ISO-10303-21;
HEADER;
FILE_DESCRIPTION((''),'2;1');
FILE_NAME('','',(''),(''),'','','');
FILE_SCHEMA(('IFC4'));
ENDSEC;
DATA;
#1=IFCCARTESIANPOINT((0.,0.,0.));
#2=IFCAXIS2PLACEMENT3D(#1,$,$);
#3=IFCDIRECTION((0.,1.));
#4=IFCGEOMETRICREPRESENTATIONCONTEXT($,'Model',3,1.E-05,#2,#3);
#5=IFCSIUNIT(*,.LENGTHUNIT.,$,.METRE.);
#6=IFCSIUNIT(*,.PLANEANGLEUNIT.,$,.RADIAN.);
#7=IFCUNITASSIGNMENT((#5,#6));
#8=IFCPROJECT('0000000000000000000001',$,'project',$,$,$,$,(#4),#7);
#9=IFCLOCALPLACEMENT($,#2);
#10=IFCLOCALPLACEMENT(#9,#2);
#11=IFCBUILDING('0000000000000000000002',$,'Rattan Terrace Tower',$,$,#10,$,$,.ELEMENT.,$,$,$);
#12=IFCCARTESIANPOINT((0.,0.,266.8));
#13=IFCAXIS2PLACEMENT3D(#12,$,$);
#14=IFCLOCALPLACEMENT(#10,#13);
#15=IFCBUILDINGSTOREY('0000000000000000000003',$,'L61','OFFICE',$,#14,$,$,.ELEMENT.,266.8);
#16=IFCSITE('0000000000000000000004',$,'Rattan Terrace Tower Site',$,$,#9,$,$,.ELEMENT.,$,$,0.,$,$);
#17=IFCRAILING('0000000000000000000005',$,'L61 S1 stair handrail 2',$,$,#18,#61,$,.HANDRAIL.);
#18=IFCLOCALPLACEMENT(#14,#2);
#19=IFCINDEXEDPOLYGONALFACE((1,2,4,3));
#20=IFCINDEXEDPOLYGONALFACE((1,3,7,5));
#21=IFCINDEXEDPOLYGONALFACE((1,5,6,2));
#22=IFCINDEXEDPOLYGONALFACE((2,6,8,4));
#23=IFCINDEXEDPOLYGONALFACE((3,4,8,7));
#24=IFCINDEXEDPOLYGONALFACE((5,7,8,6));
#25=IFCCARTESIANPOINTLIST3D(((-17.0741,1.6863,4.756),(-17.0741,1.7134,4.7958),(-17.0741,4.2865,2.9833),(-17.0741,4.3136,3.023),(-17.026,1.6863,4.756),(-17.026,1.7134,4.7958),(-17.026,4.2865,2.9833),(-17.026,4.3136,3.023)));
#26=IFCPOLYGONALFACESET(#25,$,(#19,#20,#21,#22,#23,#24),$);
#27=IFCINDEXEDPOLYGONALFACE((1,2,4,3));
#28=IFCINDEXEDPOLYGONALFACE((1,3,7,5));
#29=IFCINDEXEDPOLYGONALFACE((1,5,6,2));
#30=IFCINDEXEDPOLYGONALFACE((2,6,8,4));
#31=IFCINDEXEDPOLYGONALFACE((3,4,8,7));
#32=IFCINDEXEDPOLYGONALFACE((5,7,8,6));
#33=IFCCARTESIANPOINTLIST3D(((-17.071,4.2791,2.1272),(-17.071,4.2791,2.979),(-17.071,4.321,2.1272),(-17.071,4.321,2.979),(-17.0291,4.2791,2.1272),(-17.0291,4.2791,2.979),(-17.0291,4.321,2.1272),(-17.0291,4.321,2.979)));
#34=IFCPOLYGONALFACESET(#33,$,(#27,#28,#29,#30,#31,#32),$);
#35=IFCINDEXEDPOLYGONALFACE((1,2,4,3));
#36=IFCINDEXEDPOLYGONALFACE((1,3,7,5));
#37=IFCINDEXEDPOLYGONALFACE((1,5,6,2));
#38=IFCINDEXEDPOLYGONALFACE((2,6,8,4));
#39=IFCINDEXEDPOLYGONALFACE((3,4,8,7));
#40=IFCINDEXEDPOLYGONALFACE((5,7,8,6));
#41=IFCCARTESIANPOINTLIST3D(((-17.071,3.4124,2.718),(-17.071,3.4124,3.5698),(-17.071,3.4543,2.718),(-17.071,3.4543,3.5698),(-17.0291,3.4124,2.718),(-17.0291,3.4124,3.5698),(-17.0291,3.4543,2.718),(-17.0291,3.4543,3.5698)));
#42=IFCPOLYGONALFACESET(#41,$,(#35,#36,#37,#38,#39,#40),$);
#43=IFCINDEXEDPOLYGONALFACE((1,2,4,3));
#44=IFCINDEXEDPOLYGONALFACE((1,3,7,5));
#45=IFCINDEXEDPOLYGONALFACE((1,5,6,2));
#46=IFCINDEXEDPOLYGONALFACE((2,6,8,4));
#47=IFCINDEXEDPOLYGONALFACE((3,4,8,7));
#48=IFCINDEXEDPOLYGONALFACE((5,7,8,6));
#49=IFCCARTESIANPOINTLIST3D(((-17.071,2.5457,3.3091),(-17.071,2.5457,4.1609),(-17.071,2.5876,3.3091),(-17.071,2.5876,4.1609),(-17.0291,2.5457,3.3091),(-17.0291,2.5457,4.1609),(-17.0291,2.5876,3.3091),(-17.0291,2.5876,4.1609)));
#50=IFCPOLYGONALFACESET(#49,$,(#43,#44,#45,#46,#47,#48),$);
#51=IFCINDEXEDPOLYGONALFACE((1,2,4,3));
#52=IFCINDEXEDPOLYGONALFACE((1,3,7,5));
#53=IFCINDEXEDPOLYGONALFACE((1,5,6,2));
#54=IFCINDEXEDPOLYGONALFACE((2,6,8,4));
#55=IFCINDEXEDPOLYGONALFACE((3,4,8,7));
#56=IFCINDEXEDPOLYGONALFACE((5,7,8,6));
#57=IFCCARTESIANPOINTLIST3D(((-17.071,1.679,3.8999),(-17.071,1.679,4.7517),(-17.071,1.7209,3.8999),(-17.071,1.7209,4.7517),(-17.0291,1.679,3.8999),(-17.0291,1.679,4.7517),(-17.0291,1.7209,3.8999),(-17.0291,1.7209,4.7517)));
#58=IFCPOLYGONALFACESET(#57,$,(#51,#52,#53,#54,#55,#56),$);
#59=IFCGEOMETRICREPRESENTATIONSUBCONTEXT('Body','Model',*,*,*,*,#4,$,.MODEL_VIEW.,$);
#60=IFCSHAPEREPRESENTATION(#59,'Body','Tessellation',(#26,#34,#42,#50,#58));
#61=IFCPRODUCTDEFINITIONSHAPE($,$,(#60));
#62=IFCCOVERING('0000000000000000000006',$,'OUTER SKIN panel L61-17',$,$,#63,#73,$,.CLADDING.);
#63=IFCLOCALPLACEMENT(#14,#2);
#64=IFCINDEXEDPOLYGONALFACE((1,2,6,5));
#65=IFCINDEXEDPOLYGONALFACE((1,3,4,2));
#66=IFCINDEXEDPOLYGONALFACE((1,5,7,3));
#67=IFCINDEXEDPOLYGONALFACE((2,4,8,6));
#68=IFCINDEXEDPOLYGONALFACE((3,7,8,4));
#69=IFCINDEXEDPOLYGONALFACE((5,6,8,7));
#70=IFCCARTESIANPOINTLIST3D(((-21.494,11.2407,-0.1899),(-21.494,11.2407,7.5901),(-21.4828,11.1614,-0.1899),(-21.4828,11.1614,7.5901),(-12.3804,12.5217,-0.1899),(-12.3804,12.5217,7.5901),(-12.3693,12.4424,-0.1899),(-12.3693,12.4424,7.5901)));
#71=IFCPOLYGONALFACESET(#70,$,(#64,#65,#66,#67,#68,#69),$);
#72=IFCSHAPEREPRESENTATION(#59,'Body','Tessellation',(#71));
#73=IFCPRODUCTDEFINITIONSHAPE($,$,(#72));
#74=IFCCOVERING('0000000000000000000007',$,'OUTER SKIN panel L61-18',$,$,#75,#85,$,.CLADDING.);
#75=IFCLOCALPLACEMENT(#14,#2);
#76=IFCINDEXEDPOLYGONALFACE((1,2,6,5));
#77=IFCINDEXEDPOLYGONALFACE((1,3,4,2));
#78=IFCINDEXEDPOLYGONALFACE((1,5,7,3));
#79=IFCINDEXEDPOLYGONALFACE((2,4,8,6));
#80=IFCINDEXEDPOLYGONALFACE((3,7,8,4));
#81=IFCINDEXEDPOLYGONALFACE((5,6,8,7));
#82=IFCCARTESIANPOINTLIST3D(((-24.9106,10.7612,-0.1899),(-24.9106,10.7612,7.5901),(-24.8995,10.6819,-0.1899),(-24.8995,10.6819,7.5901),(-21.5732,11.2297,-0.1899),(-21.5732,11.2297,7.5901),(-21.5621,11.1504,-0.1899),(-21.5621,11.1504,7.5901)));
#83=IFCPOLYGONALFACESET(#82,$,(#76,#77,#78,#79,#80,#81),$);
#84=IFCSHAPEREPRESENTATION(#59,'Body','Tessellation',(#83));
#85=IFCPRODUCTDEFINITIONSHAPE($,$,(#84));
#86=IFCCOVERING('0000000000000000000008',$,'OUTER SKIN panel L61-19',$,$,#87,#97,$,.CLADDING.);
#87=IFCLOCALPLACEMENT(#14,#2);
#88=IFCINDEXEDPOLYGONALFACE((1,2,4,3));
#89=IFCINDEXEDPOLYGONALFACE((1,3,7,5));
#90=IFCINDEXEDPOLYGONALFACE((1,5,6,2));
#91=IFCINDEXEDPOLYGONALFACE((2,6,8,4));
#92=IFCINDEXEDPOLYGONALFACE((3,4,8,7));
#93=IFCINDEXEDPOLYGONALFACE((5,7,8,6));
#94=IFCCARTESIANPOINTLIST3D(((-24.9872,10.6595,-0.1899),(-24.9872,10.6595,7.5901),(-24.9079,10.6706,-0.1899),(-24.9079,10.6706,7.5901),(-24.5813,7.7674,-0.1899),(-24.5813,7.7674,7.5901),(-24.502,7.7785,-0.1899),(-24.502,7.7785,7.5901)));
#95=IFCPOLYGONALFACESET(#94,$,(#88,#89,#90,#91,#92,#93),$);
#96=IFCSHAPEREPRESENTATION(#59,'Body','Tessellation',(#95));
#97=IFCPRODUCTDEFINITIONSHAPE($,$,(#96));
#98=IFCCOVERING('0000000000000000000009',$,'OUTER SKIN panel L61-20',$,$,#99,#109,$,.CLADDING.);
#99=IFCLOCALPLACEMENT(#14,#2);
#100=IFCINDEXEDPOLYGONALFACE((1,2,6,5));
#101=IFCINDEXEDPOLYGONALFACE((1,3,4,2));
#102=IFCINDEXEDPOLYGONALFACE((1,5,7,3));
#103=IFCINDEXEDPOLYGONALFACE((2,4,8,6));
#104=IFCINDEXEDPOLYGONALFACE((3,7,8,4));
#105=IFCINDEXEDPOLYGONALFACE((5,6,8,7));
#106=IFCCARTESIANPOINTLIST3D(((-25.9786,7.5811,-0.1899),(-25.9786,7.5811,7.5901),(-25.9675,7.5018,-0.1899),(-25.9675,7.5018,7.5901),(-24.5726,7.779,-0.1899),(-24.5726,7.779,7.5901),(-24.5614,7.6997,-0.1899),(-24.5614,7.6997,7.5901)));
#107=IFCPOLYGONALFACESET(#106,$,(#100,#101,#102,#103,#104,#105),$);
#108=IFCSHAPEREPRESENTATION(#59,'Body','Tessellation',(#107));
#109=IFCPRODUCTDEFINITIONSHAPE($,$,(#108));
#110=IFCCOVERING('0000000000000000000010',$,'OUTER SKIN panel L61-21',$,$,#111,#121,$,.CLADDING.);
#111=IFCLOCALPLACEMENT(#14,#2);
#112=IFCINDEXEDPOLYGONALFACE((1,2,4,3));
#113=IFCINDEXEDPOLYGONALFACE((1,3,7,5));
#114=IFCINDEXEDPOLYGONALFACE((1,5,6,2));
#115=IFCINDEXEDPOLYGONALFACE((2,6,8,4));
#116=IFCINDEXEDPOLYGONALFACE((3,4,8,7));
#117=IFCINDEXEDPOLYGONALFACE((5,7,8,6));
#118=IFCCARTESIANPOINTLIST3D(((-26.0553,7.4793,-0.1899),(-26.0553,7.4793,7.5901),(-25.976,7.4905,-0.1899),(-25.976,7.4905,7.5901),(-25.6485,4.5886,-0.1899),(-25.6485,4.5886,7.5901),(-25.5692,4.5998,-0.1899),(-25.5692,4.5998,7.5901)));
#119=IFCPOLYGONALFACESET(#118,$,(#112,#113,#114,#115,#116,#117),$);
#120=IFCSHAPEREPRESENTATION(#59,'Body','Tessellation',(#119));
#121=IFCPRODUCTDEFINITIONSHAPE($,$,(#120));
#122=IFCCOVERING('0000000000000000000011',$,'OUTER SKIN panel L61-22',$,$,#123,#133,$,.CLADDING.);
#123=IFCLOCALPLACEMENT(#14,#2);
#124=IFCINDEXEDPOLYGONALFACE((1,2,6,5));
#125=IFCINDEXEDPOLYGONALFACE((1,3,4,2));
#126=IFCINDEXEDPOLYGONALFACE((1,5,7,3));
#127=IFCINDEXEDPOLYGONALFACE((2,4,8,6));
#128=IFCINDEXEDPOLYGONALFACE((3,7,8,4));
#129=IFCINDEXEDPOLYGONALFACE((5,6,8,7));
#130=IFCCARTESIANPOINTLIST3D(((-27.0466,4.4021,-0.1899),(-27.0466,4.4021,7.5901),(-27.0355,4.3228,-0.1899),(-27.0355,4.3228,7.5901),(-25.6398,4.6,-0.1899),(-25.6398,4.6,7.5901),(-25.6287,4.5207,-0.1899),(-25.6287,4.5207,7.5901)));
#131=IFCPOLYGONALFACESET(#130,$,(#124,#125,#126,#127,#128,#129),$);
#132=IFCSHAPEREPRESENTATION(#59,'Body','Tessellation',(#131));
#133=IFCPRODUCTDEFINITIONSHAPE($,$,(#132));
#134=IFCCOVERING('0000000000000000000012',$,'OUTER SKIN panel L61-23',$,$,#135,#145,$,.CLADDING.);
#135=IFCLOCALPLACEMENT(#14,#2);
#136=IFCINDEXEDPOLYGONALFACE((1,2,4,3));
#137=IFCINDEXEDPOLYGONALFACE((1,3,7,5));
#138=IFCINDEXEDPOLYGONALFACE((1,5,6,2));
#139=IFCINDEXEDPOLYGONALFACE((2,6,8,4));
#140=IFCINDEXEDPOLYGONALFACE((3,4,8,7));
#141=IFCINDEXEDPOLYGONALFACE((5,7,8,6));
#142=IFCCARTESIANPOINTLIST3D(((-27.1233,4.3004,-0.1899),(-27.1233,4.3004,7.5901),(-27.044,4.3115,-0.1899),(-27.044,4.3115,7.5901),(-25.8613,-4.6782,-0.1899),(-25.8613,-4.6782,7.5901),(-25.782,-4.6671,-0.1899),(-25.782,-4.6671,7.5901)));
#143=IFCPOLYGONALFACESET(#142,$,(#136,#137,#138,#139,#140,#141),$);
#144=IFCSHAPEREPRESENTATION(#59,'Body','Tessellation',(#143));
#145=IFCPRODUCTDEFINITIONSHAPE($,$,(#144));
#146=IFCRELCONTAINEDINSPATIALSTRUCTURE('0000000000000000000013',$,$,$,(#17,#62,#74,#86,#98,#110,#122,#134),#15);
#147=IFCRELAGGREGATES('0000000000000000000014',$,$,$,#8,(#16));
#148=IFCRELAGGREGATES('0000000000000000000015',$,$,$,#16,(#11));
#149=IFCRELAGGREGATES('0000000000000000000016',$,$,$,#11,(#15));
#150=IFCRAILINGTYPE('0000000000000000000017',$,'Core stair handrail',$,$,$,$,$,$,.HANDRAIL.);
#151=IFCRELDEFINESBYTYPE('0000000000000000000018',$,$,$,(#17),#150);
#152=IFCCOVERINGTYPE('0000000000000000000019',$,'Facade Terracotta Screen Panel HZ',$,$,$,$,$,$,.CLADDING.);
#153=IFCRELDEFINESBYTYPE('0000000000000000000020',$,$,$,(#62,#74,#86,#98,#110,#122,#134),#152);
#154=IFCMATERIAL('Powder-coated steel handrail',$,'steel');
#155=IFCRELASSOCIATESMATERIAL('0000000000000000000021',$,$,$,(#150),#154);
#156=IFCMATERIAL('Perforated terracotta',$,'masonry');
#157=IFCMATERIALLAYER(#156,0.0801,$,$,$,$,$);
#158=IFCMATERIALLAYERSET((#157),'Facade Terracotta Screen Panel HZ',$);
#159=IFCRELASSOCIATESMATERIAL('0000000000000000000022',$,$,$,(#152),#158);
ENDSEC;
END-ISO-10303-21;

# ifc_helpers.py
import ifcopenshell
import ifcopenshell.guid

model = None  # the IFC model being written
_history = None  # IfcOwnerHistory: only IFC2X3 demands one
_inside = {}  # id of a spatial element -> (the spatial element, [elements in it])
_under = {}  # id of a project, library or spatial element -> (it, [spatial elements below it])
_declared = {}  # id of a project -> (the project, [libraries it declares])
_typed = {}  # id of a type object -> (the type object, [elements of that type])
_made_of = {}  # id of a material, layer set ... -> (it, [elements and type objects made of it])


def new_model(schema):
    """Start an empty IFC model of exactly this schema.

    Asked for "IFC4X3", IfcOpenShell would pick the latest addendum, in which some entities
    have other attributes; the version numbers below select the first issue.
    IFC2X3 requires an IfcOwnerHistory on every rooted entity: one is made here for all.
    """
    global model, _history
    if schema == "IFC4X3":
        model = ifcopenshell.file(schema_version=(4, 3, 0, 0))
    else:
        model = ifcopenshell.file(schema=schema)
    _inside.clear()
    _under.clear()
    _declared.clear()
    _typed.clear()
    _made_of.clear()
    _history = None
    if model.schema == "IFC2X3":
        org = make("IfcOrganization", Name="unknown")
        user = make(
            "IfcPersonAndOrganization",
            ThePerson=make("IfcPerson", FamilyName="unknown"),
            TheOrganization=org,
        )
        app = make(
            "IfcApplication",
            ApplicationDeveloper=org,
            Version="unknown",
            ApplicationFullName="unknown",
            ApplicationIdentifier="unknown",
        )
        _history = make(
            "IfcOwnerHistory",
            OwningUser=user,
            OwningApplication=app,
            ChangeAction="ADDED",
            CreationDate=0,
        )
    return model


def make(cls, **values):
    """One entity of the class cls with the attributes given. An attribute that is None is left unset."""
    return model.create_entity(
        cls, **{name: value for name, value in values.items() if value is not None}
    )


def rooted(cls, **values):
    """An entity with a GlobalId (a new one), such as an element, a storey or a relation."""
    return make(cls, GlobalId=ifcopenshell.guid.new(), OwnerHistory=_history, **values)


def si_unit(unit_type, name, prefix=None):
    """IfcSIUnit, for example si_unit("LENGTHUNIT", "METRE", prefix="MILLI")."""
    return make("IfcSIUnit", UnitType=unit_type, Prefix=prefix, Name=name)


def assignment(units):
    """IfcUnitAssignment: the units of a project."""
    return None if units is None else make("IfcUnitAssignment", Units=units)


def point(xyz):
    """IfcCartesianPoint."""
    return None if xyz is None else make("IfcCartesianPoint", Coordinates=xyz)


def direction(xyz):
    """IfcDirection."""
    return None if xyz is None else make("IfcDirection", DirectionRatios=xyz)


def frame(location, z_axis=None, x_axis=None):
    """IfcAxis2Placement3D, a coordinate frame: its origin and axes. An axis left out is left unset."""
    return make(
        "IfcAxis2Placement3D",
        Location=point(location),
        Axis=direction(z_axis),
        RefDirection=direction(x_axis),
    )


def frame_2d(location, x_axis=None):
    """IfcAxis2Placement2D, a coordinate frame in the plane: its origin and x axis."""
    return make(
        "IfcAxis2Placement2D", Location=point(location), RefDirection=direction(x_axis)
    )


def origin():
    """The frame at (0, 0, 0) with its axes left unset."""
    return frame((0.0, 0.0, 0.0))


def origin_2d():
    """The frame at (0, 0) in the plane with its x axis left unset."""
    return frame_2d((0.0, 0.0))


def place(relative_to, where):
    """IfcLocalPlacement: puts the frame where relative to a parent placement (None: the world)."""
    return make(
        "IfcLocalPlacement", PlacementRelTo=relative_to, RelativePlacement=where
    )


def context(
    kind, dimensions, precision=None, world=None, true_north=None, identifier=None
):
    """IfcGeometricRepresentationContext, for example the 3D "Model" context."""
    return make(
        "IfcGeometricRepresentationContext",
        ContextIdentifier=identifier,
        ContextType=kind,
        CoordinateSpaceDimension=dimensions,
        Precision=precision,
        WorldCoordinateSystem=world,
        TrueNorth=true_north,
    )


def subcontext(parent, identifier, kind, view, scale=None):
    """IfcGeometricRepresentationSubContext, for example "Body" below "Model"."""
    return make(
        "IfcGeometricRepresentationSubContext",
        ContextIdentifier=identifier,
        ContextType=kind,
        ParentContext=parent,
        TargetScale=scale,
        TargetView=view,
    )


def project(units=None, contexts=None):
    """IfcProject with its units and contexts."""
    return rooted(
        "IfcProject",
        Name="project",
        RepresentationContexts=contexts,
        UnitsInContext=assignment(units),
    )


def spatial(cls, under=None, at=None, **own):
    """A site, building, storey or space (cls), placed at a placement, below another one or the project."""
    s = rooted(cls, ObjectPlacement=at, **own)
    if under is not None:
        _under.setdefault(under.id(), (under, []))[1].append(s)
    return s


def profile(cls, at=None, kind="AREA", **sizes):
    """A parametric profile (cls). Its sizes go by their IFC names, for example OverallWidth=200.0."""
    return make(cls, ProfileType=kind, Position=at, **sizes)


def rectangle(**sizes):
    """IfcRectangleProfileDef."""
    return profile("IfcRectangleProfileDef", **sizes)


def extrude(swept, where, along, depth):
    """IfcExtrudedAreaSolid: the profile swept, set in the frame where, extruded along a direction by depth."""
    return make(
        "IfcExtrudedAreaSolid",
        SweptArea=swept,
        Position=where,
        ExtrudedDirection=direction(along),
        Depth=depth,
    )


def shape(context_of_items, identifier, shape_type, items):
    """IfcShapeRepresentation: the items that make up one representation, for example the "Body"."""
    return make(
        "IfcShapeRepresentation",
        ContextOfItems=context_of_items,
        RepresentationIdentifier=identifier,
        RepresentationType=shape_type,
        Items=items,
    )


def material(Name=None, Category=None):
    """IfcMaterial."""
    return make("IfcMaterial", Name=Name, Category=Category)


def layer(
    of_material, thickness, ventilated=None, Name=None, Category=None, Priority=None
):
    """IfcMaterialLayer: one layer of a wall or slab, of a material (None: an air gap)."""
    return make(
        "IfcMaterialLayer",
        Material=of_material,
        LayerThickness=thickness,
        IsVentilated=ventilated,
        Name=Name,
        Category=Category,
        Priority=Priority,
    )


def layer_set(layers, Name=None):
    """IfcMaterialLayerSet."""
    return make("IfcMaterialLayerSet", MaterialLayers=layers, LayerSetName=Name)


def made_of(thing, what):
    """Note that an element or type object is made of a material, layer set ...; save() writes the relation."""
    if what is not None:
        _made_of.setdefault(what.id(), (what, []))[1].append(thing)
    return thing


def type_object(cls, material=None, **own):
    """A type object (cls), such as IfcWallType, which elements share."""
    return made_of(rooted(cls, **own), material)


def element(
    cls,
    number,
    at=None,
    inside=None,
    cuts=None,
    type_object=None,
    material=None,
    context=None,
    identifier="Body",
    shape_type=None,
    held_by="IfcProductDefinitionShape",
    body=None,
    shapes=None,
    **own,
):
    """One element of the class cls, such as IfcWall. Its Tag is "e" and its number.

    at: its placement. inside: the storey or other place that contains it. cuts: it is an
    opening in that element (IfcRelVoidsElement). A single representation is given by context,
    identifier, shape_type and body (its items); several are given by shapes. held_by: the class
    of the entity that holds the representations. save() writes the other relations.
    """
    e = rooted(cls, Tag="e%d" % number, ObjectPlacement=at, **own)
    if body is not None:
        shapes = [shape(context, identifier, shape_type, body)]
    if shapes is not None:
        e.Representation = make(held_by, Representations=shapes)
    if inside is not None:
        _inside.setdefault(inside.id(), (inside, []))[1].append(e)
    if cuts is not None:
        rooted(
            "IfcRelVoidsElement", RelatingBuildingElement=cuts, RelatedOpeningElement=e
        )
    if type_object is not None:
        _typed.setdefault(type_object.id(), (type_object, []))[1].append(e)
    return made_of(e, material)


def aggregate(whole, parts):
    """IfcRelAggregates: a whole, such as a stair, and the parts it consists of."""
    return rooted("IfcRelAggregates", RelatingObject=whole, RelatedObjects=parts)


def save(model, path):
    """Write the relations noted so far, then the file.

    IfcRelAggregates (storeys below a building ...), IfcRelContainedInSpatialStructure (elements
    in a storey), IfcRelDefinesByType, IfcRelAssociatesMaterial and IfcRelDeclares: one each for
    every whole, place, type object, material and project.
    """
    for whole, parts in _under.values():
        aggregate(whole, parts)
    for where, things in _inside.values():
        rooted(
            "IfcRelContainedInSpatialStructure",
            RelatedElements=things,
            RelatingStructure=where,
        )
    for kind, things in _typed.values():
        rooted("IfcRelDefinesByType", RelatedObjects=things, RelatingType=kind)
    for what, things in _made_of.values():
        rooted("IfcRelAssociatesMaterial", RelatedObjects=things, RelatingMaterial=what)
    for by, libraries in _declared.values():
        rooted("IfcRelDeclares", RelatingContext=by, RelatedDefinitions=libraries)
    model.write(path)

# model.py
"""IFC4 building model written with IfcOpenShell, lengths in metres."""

from ifc_helpers import new_model, si_unit, direction, frame, origin, origin_2d, place, context, subcontext, project, spatial, rectangle, extrude, material, layer, layer_set, type_object, element, save


model = new_model("IFC4")

# Units and contexts
model_context = context("Model", 3, precision=1e-05, world=origin(), true_north=direction((0.0, 1.0)))
body_context = subcontext(model_context, "Body", "Model", "MODEL_VIEW")
ifc_project = project(units=[si_unit("LENGTHUNIT", "METRE"), si_unit("PLANEANGLEUNIT", "RADIAN")], contexts=[model_context])

# Site, building, storey
site_placement = place(None, origin())
site = spatial("IfcSite", under=ifc_project, at=site_placement, Name="Rattan Terrace Tower Site", CompositionType="ELEMENT", RefElevation=0.0)
building_placement = place(site_placement, origin())
building = spatial("IfcBuilding", under=site, at=building_placement, Name="Rattan Terrace Tower", CompositionType="ELEMENT")
storey_placement = place(building_placement, frame((0.0, 0.0, 266.8)))
storey = spatial("IfcBuildingStorey", under=building, at=storey_placement, Name="L61", Description="OFFICE", CompositionType="ELEMENT", Elevation=266.8)

# Railing
ifc_material_1 = material(Name="Powder-coated steel handrail", Category="steel")
railing_type_1 = type_object("IfcRailingType", Name="Core stair handrail", PredefinedType="HANDRAIL", material=ifc_material_1)
railing_1_placement = place(storey_placement, frame((-17.05, 4.3, 2.1272)))
element("IfcRailing", 1, at=railing_1_placement, inside=storey, type_object=railing_type_1, Name="L61 S1 stair handrail 2", PredefinedType="HANDRAIL", context=body_context, shape_type="SweptSolid", body=[
    extrude(rectangle(XDim=0.0481, YDim=0.0481, at=origin_2d()), frame((0.0, 0.0, 0.876), z_axis=(0.0, -0.82624, 0.563318), x_axis=(1.0, 0.0, 0.0)), (0.0, 0.0, 1.0), 3.147),
    extrude(rectangle(XDim=0.042, YDim=0.042, at=origin_2d()), origin(), (0.0, 0.0, 1.0), 0.8518),
    extrude(rectangle(XDim=0.042, YDim=0.042, at=origin_2d()), frame((0.0, -0.8667, 0.5908)), (0.0, 0.0, 1.0), 0.8518),
    extrude(rectangle(XDim=0.042, YDim=0.042, at=origin_2d()), frame((0.0, -1.7334, 1.1819)), (0.0, 0.0, 1.0), 0.8518),
    extrude(rectangle(XDim=0.042, YDim=0.042, at=origin_2d()), frame((0.0, -2.6001, 1.7727)), (0.0, 0.0, 1.0), 0.8518),
])

# Coverings
ifc_material_2 = material(Name="Perforated terracotta", Category="masonry")
ifc_layer_1 = layer(ifc_material_2, 0.0801)
ifc_layer_set_1 = layer_set([ifc_layer_1], Name="Facade Terracotta Screen Panel HZ")
covering_type = type_object("IfcCoveringType", Name="Facade Terracotta Screen Panel HZ", PredefinedType="CLADDING", material=ifc_layer_set_1)
covering_1_placement = place(storey_placement, frame((-16.9316, 11.8416, -0.1899), z_axis=(0.0, 0.0, 1.0), x_axis=(-0.990266, -0.139189, 0.0)))
element("IfcCovering", 2, at=covering_1_placement, inside=storey, type_object=covering_type, Name="OUTER SKIN panel L61-17", PredefinedType="CLADDING", context=body_context, shape_type="SweptSolid", body=[
    extrude(rectangle(XDim=9.2031, YDim=0.0801, at=origin_2d()), origin(), (0.0, 0.0, 1.0), 7.78),
])
covering_2_placement = place(storey_placement, frame((-23.2363, 10.9558, -0.1899), z_axis=(0.0, 0.0, 1.0), x_axis=(-0.990293, -0.138994, 0.0)))
element("IfcCovering", 3, at=covering_2_placement, inside=storey, type_object=covering_type, Name="OUTER SKIN panel L61-18", PredefinedType="CLADDING", context=body_context, shape_type="SweptSolid", body=[
    extrude(rectangle(XDim=3.3701, YDim=0.0801, at=origin_2d()), origin(), (0.0, 0.0, 1.0), 7.78),
])
covering_3_placement = place(storey_placement, frame((-24.7446, 9.219, -0.1899), z_axis=(0.0, 0.0, 1.0), x_axis=(0.138994, -0.990293, 0.0)))
element("IfcCovering", 4, at=covering_3_placement, inside=storey, type_object=covering_type, Name="OUTER SKIN panel L61-19", PredefinedType="CLADDING", context=body_context, shape_type="SweptSolid", body=[
    extrude(rectangle(XDim=2.9204, YDim=0.0801, at=origin_2d()), origin(), (0.0, 0.0, 1.0), 7.78),
])
covering_4_placement = place(storey_placement, frame((-25.27, 7.6404, -0.1899), z_axis=(0.0, 0.0, 1.0), x_axis=(-0.990241, -0.139367, 0.0)))
element("IfcCovering", 5, at=covering_4_placement, inside=storey, type_object=covering_type, Name="OUTER SKIN panel L61-20", PredefinedType="CLADDING", context=body_context, shape_type="SweptSolid", body=[
    extrude(rectangle(XDim=1.4199, YDim=0.0801, at=origin_2d()), origin(), (0.0, 0.0, 1.0), 7.78),
])
covering_5_placement = place(storey_placement, frame((-25.8123, 6.0396, -0.1899), z_axis=(0.0, 0.0, 1.0), x_axis=(0.139367, -0.990241, 0.0)))
element("IfcCovering", 6, at=covering_5_placement, inside=storey, type_object=covering_type, Name="OUTER SKIN panel L61-21", PredefinedType="CLADDING", context=body_context, shape_type="SweptSolid", body=[
    extrude(rectangle(XDim=2.9192, YDim=0.0801, at=origin_2d()), origin(), (0.0, 0.0, 1.0), 7.78),
])
covering_6_placement = place(storey_placement, frame((-26.3376, 4.4614, -0.1899), z_axis=(0.0, 0.0, 1.0), x_axis=(-0.990254, -0.139275, 0.0)))
element("IfcCovering", 7, at=covering_6_placement, inside=storey, type_object=covering_type, Name="OUTER SKIN panel L61-22", PredefinedType="CLADDING", context=body_context, shape_type="SweptSolid", body=[
    extrude(rectangle(XDim=1.4207, YDim=0.0801, at=origin_2d()), origin(), (0.0, 0.0, 1.0), 7.78),
])
covering_7_placement = place(storey_placement, frame((-26.4526, -0.1833, -0.1899), z_axis=(0.0, 0.0, 1.0), x_axis=(0.139192, -0.990265, 0.0)))
element("IfcCovering", 8, at=covering_7_placement, inside=storey, type_object=covering_type, Name="OUTER SKIN panel L61-23", PredefinedType="CLADDING", context=body_context, shape_type="SweptSolid", body=[
    extrude(rectangle(XDim=9.0669, YDim=0.0801, at=origin_2d()), origin(), (0.0, 0.0, 1.0), 7.78),
])

save(model, "model.ifc")
